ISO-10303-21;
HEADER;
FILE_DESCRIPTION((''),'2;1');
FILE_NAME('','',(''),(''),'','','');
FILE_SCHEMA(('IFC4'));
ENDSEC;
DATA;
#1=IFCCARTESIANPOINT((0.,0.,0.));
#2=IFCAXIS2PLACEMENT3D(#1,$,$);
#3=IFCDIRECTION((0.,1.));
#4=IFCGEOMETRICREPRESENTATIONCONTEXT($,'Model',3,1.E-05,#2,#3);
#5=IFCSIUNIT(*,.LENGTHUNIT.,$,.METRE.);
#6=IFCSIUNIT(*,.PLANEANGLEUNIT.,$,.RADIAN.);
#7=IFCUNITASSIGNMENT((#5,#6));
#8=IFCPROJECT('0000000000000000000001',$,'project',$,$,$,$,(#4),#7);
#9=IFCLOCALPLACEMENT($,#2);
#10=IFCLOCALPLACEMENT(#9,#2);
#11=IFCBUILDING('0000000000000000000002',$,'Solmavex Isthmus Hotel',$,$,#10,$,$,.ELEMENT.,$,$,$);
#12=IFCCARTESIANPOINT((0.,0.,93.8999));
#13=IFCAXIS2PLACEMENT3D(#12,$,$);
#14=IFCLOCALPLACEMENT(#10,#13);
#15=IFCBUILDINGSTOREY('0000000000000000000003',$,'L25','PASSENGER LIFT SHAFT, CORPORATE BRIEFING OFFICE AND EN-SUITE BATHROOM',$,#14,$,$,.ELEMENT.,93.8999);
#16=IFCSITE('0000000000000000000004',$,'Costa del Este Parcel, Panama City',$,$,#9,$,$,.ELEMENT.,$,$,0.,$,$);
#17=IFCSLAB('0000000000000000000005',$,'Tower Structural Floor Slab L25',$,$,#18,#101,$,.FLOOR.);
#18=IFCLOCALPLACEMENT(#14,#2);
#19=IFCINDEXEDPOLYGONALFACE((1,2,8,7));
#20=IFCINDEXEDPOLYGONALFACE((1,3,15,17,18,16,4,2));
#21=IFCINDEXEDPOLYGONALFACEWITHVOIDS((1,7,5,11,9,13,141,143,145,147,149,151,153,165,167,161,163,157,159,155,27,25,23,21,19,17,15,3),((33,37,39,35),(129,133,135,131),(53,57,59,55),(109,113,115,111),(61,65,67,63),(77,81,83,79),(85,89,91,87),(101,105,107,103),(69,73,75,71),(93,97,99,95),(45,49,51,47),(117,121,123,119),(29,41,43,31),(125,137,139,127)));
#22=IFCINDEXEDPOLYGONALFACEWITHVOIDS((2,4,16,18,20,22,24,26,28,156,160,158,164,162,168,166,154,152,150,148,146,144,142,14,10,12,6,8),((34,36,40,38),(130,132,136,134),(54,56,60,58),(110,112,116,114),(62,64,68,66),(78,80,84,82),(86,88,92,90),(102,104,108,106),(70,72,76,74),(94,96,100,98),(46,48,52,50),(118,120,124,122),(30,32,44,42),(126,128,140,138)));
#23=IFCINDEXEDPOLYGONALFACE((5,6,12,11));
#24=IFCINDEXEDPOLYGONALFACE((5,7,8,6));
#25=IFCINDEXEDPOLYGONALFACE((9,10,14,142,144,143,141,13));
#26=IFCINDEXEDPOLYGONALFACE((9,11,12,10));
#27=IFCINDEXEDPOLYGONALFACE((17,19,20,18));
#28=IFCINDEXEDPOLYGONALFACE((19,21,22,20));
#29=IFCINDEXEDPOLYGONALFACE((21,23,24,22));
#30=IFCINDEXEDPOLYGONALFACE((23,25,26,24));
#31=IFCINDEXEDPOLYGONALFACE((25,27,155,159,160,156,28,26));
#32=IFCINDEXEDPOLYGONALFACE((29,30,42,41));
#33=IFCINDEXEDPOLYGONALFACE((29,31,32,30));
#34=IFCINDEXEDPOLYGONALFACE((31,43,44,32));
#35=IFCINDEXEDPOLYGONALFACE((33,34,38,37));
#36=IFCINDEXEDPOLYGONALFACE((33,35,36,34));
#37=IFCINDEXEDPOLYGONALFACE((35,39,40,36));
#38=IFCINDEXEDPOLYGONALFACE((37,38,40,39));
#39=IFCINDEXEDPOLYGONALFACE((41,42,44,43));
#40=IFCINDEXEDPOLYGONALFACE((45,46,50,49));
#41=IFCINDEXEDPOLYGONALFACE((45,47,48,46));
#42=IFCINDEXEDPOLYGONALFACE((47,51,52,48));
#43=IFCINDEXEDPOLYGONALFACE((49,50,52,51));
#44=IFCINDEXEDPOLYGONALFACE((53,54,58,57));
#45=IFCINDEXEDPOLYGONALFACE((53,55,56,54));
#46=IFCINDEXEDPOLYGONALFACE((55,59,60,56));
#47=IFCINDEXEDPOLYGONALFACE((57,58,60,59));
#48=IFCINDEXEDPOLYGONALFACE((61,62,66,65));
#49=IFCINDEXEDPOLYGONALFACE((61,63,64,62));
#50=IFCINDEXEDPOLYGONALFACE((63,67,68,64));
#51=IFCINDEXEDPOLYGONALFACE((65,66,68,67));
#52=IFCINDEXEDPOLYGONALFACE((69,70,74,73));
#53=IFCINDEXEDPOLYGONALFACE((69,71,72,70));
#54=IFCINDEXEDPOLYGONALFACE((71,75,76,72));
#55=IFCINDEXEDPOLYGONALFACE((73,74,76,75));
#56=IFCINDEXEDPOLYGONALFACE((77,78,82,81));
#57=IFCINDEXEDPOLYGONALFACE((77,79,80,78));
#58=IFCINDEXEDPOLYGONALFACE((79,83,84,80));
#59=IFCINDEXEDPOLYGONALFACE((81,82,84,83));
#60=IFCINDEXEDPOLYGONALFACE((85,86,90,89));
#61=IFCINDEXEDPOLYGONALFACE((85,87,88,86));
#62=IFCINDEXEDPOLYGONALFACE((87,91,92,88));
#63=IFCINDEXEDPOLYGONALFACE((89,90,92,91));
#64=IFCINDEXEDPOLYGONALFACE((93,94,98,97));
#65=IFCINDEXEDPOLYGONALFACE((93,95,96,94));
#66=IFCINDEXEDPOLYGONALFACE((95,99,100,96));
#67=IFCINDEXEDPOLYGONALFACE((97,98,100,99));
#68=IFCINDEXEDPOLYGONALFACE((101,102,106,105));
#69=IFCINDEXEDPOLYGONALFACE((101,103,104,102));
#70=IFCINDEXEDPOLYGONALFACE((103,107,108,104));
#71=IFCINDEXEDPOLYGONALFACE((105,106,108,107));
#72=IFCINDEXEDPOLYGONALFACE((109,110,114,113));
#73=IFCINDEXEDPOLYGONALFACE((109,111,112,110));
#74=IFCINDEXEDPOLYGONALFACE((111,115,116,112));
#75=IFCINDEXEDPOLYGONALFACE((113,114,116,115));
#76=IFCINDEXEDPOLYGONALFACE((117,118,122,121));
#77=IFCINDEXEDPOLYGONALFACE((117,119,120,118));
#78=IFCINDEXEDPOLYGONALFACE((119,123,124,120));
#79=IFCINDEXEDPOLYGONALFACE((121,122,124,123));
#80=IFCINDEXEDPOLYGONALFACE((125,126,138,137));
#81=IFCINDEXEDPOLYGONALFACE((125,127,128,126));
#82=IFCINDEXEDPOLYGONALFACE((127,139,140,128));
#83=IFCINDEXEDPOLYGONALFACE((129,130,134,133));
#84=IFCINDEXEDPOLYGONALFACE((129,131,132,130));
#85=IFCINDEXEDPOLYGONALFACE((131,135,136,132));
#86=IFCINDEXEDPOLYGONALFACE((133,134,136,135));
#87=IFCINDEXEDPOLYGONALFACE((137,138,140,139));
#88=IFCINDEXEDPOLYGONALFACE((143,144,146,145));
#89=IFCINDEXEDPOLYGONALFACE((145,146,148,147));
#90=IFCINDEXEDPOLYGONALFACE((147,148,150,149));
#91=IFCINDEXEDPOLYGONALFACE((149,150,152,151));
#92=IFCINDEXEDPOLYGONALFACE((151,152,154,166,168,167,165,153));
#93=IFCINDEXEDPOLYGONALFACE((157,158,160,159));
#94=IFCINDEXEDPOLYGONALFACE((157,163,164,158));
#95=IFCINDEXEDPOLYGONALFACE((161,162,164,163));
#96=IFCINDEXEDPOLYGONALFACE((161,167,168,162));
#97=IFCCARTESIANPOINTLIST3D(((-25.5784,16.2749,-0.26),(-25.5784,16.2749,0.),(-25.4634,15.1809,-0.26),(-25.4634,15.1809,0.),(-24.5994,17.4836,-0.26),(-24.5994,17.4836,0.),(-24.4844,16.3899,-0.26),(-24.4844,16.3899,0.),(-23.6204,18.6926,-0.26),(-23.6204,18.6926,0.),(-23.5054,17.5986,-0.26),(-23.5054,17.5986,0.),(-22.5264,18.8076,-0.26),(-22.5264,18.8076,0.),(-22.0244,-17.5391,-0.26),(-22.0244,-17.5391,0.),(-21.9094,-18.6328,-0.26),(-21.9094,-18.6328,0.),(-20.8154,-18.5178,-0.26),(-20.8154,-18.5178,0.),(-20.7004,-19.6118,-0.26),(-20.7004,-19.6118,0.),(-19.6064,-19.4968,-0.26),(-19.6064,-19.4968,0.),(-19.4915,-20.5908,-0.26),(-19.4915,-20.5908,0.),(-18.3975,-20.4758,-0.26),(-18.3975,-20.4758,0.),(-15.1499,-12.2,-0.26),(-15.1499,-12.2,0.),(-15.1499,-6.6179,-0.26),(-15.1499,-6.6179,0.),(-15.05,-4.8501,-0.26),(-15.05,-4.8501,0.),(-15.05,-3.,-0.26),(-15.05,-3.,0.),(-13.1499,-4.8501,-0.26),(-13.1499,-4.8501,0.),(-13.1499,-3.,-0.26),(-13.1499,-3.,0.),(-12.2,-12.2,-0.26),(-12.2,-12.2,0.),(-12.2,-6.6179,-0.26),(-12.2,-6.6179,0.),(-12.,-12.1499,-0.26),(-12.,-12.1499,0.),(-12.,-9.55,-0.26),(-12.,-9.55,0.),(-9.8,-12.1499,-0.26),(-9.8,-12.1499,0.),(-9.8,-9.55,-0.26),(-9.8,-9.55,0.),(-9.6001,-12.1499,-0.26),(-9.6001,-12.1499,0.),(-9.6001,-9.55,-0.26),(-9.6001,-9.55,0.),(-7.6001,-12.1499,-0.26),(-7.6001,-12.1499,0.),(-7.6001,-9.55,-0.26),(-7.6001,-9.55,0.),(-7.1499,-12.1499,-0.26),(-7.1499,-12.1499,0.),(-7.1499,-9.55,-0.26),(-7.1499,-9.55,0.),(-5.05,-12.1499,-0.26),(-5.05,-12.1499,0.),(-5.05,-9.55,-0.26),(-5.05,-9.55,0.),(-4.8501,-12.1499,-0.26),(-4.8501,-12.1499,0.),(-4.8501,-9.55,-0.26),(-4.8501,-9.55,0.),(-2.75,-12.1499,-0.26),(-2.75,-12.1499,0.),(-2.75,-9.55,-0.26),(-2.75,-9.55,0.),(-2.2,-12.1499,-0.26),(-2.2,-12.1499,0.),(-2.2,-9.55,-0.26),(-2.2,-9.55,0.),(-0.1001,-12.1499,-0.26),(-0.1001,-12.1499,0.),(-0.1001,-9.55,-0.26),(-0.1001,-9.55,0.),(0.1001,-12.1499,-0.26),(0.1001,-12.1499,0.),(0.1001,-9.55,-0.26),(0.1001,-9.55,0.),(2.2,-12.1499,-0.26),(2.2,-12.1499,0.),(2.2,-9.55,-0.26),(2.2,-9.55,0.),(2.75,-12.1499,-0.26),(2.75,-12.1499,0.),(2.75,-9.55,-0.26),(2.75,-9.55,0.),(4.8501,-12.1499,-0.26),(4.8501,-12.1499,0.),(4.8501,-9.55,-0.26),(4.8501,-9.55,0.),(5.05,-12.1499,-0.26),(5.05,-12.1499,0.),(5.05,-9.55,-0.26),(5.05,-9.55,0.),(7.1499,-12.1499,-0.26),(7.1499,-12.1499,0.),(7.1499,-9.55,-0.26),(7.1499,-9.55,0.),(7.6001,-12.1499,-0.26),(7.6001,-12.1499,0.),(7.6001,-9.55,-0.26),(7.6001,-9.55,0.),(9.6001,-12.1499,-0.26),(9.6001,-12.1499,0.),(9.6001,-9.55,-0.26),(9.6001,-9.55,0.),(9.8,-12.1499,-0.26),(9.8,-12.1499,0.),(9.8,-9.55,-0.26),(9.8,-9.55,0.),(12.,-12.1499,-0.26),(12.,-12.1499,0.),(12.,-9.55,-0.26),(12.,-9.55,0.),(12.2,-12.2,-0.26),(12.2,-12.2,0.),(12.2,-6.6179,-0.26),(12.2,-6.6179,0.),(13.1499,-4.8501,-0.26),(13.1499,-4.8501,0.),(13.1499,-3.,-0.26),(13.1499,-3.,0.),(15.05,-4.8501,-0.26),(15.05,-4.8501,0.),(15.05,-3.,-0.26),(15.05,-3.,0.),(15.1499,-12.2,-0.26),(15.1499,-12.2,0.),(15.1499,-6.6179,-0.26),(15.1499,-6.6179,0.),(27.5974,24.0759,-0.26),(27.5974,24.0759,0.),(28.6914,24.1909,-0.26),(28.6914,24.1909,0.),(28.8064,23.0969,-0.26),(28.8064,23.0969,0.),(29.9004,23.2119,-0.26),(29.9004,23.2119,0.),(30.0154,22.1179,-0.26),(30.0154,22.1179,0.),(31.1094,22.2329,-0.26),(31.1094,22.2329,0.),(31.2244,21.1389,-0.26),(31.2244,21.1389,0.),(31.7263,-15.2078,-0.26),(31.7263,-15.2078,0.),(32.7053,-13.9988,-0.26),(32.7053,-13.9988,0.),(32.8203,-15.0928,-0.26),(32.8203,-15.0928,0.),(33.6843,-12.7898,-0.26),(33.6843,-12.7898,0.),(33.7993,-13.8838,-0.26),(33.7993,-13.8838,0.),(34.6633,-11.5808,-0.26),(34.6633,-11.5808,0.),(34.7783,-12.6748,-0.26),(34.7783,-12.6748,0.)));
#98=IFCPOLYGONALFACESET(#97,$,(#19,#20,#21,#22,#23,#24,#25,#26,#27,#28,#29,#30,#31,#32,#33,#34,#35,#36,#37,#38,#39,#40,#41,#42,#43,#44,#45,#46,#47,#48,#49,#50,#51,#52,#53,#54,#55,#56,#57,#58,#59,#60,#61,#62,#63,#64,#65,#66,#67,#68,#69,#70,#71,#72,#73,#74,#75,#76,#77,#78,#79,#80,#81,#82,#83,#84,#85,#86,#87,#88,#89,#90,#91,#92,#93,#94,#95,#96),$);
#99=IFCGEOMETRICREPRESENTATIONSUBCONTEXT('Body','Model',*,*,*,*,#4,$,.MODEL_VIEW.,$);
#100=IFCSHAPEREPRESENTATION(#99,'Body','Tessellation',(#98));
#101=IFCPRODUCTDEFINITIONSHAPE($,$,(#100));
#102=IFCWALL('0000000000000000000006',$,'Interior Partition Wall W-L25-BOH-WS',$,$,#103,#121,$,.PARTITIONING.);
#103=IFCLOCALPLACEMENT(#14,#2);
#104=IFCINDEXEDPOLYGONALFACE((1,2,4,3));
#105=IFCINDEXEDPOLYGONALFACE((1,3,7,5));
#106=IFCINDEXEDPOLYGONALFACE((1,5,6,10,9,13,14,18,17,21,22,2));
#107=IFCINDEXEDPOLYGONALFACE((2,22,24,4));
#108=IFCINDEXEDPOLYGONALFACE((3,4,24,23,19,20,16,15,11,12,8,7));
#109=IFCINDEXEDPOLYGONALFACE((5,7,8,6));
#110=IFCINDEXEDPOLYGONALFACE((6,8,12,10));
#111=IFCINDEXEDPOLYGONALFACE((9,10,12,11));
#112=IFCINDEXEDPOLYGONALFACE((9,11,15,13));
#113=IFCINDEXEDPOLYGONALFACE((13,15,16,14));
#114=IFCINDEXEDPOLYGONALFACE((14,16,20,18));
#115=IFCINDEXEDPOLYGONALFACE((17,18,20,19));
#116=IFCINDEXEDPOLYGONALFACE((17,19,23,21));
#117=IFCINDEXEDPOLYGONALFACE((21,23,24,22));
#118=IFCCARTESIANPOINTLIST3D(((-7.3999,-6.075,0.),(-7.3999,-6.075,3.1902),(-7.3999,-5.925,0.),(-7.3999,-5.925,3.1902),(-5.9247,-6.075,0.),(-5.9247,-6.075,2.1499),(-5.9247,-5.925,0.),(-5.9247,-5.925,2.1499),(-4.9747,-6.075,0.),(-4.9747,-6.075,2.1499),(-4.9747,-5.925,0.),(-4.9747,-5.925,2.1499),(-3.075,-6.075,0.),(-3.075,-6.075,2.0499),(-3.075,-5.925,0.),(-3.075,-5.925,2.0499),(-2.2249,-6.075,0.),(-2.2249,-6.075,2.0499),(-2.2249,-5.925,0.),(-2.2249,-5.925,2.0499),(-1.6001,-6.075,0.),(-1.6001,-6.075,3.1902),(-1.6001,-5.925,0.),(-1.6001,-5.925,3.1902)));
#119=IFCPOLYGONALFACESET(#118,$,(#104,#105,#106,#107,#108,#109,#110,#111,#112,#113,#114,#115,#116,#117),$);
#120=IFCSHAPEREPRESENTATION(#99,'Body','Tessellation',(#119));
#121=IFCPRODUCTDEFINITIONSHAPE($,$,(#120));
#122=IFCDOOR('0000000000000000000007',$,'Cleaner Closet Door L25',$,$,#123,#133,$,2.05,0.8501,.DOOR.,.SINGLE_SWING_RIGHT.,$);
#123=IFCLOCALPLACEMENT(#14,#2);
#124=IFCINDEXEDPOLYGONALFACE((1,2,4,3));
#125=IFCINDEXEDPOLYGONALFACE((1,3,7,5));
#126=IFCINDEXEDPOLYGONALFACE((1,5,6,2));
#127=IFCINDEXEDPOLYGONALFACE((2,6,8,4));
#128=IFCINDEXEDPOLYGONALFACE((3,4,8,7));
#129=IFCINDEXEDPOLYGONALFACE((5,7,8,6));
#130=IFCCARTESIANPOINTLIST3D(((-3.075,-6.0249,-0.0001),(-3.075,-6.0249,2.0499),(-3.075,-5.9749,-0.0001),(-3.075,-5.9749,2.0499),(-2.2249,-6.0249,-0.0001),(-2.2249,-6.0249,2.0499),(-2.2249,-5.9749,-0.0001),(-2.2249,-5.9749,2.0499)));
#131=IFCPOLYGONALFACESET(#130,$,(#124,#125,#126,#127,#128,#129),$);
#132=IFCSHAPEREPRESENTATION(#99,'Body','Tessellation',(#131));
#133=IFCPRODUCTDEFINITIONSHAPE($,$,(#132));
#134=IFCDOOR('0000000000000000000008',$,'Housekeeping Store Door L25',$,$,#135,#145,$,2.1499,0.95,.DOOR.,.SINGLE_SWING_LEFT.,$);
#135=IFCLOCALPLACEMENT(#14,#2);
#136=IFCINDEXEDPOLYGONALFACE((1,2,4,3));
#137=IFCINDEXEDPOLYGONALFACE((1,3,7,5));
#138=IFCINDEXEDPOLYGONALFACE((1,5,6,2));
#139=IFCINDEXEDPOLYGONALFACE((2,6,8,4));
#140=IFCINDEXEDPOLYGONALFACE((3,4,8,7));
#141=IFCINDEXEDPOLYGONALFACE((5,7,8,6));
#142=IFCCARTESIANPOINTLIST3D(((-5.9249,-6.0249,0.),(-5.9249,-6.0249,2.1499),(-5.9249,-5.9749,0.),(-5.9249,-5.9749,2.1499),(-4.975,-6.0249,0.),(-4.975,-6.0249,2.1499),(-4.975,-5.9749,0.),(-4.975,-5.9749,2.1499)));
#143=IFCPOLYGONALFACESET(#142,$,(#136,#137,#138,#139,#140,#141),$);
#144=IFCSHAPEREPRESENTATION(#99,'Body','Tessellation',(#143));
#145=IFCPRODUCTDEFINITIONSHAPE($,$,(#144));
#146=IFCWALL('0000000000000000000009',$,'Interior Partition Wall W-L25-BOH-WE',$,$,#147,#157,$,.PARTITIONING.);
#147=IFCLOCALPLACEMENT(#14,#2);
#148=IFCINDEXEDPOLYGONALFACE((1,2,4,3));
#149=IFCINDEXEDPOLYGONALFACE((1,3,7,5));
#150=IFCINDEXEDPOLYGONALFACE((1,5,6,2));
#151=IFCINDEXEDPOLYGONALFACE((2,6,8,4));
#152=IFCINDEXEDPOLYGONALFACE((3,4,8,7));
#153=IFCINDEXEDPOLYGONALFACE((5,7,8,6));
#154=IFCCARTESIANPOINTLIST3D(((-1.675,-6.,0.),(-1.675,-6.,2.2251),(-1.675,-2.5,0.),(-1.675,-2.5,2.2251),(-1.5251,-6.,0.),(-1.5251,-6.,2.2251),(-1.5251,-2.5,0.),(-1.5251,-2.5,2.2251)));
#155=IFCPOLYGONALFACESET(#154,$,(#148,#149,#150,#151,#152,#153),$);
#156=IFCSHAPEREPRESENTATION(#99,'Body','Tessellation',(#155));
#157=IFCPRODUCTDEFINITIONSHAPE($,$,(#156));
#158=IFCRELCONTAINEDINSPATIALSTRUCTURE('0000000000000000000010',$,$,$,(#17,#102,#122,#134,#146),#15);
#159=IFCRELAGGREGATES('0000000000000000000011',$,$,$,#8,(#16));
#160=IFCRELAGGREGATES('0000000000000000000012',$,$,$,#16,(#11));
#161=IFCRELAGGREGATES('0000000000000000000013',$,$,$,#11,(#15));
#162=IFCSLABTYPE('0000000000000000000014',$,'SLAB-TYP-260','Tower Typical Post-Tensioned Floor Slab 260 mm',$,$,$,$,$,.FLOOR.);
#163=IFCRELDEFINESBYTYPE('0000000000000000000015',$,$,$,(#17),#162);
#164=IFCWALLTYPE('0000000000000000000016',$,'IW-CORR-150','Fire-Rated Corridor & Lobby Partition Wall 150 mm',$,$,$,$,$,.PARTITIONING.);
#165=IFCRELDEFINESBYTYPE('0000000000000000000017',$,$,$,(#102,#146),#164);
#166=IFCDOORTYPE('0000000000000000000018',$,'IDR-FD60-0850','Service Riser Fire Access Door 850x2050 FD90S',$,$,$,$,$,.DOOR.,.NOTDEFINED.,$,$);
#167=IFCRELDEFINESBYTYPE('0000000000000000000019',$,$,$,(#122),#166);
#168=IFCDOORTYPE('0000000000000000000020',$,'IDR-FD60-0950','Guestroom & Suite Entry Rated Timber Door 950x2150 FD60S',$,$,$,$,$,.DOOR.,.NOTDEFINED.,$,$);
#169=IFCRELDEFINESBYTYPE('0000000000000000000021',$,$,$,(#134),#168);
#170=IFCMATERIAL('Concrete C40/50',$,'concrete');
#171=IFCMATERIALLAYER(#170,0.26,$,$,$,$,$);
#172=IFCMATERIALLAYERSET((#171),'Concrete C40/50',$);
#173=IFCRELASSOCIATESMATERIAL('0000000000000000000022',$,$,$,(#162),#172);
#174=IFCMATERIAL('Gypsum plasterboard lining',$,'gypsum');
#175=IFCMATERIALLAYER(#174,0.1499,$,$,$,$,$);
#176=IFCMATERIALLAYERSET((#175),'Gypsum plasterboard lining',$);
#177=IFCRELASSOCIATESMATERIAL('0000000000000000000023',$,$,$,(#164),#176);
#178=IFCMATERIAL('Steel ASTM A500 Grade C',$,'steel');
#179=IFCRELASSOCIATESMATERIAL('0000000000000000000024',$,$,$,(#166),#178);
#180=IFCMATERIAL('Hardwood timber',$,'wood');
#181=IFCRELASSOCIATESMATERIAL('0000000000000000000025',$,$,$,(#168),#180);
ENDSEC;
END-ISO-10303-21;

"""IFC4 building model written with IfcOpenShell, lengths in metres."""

from ifc_helpers import new_model, si_unit, direction, frame, frame_2d, origin, place, context, subcontext, project, spatial, polyline, rectangle, outline, extrude, material, layer, layer_set, type_object, element, fill, save


model = new_model("IFC4")

# Units and contexts
model_context = context("Model", 3, precision=1e-05, world=origin(), true_north=direction((0.0, 1.0)))
body_context = subcontext(model_context, "Body", "Model", "MODEL_VIEW")
ifc_project = project(units=[si_unit("LENGTHUNIT", "METRE"), si_unit("PLANEANGLEUNIT", "RADIAN")], contexts=[model_context])

# Site, building, storey
site_placement = place(None, origin())
site = spatial("IfcSite", under=ifc_project, at=site_placement, Name="Costa del Este Parcel, Panama City", CompositionType="ELEMENT", RefElevation=0.0)
building_placement = place(site_placement, origin())
building = spatial("IfcBuilding", under=site, at=building_placement, Name="Solmavex Isthmus Hotel", CompositionType="ELEMENT")
storey_placement = place(building_placement, frame((0.0, 0.0, 93.8999)))
storey = spatial("IfcBuildingStorey", under=building, at=storey_placement, Name="L25", Description="PASSENGER LIFT SHAFT, CORPORATE BRIEFING OFFICE AND EN-SUITE BATHROOM", CompositionType="ELEMENT", Elevation=93.8999)

# Slab
ifc_material_1 = material(Name="Concrete C40/50", Category="concrete")
ifc_layer_1 = layer(ifc_material_1, 0.26)
ifc_layer_set_1 = layer_set([ifc_layer_1], Name="Concrete C40/50")
slab_type_1 = type_object("IfcSlabType", Name="SLAB-TYP-260", Description="Tower Typical Post-Tensioned Floor Slab 260 mm", PredefinedType="FLOOR", material=ifc_layer_set_1)
slab_1_placement = place(storey_placement, frame((0.0, 0.0, -0.26)))
element("IfcSlab", 1, at=slab_1_placement, inside=storey, type_object=slab_type_1, Name="Tower Structural Floor Slab L25", PredefinedType="FLOOR", context=body_context, shape_type="SweptSolid", body=[
    extrude(outline(polyline([(-18.3975, -20.4758), (31.7263, -15.2078), (32.8203, -15.0928), (32.7053, -13.9988), (33.7993, -13.8838), (33.6843, -12.7898), (34.7783, -12.6748), (34.6633, -11.5808), (31.2244, 21.1389), (31.1094, 22.2329), (30.0154, 22.1179), (29.9004, 23.2119), (28.8064, 23.0969), (28.6914, 24.1909), (27.5974, 24.0759), (-22.5264, 18.8076), (-23.6204, 18.6926), (-23.5054, 17.5986), (-24.5994, 17.4836), (-24.4844, 16.3899), (-25.5784, 16.2749), (-25.4634, 15.1809), (-22.0244, -17.5391), (-21.9094, -18.6328), (-20.8154, -18.5178), (-20.7004, -19.6118), (-19.6064, -19.4968), (-19.4915, -20.5908), (-18.3975, -20.4758)]), holes=[polyline([(-15.1499, -6.6179), (-15.1499, -12.2), (-12.2, -12.2), (-12.2, -6.6179), (-15.1499, -6.6179)]), polyline([(12.2, -6.6179), (12.2, -12.2), (15.1499, -12.2), (15.1499, -6.6179), (12.2, -6.6179)]), polyline([(-12.0, -12.1499), (-9.8, -12.1499), (-9.8, -9.55), (-12.0, -9.55), (-12.0, -12.1499)]), polyline([(9.8, -12.1499), (12.0, -12.1499), (12.0, -9.55), (9.8, -9.55), (9.8, -12.1499)]), polyline([(-9.6001, -12.1499), (-7.6001, -12.1499), (-7.6001, -9.55), (-9.6001, -9.55), (-9.6001, -12.1499)]), polyline([(7.6001, -12.1499), (9.6001, -12.1499), (9.6001, -9.55), (7.6001, -9.55), (7.6001, -12.1499)]), polyline([(-7.1499, -12.1499), (-5.05, -12.1499), (-5.05, -9.55), (-7.1499, -9.55), (-7.1499, -12.1499)]), polyline([(-4.8501, -12.1499), (-2.75, -12.1499), (-2.75, -9.55), (-4.8501, -9.55), (-4.8501, -12.1499)]), polyline([(-2.2, -12.1499), (-0.1001, -12.1499), (-0.1001, -9.55), (-2.2, -9.55), (-2.2, -12.1499)]), polyline([(0.1001, -12.1499), (2.2, -12.1499), (2.2, -9.55), (0.1001, -9.55), (0.1001, -12.1499)]), polyline([(2.75, -12.1499), (4.8501, -12.1499), (4.8501, -9.55), (2.75, -9.55), (2.75, -12.1499)]), polyline([(5.05, -12.1499), (7.1499, -12.1499), (7.1499, -9.55), (5.05, -9.55), (5.05, -12.1499)]), polyline([(-15.05, -4.8501), (-13.1499, -4.8501), (-13.1499, -3.0), (-15.05, -3.0), (-15.05, -4.8501)]), polyline([(13.1499, -4.8501), (15.05, -4.8501), (15.05, -3.0), (13.1499, -3.0), (13.1499, -4.8501)])]), origin(), (0.0, 0.0, 1.0), 0.26),
])

# Wall, openings, doors
ifc_material_2 = material(Name="Gypsum plasterboard lining", Category="gypsum")
ifc_layer_2 = layer(ifc_material_2, 0.1499)
ifc_layer_set_2 = layer_set([ifc_layer_2], Name="Gypsum plasterboard lining")
wall_type_1 = type_object("IfcWallType", Name="IW-CORR-150", Description="Fire-Rated Corridor & Lobby Partition Wall 150 mm", PredefinedType="PARTITIONING", material=ifc_layer_set_2)
wall_1_placement = place(storey_placement, frame((-7.3999, -6.0, 0.0), z_axis=(0.0, 0.0, 1.0), x_axis=(1.0, 0.0, 0.0)))
wall_1 = element("IfcWall", 2, at=wall_1_placement, inside=storey, type_object=wall_type_1, Name="Interior Partition Wall W-L25-BOH-WS", PredefinedType="PARTITIONING", context=body_context, shape_type="SweptSolid", body=[
    extrude(rectangle(XDim=5.7998, YDim=0.1499, at=frame_2d((2.8999, 0.0))), origin(), (0.0, 0.0, 1.0), 3.1902),
])
opening_1_placement = place(wall_1_placement, frame((1.4751, 0.0, 0.0)))
opening_1 = element("IfcOpeningElement", 3, at=opening_1_placement, cuts=wall_1, PredefinedType="OPENING", context=body_context, shape_type="SweptSolid", body=[
    extrude(rectangle(XDim=0.95, YDim=2.1499, at=frame_2d((0.4751, 1.075))), frame((0.0, 0.085, 0.0), z_axis=(0.0, -1.0, 0.0), x_axis=(1.0, 0.0, 0.0)), (0.0, 0.0, 1.0), 0.1699),
])
opening_2_placement = place(wall_1_placement, frame((4.325, 0.0, 0.0)))
opening_2 = element("IfcOpeningElement", 4, at=opening_2_placement, cuts=wall_1, PredefinedType="OPENING", context=body_context, shape_type="SweptSolid", body=[
    extrude(rectangle(XDim=0.8501, YDim=2.05, at=frame_2d((0.425, 1.0249))), frame((0.0, 0.085, 0.0), z_axis=(0.0, -1.0, 0.0), x_axis=(1.0, 0.0, 0.0)), (0.0, 0.0, 1.0), 0.1699),
])
ifc_material_3 = material(Name="Steel ASTM A500 Grade C", Category="steel")
door_type_1 = type_object("IfcDoorType", Name="IDR-FD60-0850", Description="Service Riser Fire Access Door 850x2050 FD90S", OperationType="NOTDEFINED", PredefinedType="DOOR", material=ifc_material_3)
door_1_placement = place(opening_2_placement, frame((0.8501, 0.0, 0.0), z_axis=(0.0, 0.0, 1.0), x_axis=(-1.0, 0.0, 0.0)))
door_1 = element("IfcDoor", 5, at=door_1_placement, inside=storey, type_object=door_type_1, Name="Cleaner Closet Door L25", OperationType="SINGLE_SWING_RIGHT", OverallHeight=2.05, OverallWidth=0.8501, PredefinedType="DOOR", context=body_context, shape_type="SweptSolid", body=[
    extrude(rectangle(XDim=0.8501, YDim=2.05, at=frame_2d((0.425, 1.0249))), frame((0.0, 0.0249, 0.0), z_axis=(0.0, -1.0, 0.0), x_axis=(1.0, 0.0, 0.0)), (0.0, 0.0, 1.0), 0.05),
])
fill(opening_2, door_1)
ifc_material_4 = material(Name="Hardwood timber", Category="wood")
door_type_2 = type_object("IfcDoorType", Name="IDR-FD60-0950", Description="Guestroom & Suite Entry Rated Timber Door 950x2150 FD60S", OperationType="NOTDEFINED", PredefinedType="DOOR", material=ifc_material_4)
door_2_placement = place(opening_1_placement, frame((0.95, 0.0, 0.0), z_axis=(0.0, 0.0, 1.0), x_axis=(-1.0, 0.0, 0.0)))
door_2 = element("IfcDoor", 6, at=door_2_placement, inside=storey, type_object=door_type_2, Name="Housekeeping Store Door L25", OperationType="SINGLE_SWING_LEFT", OverallHeight=2.1499, OverallWidth=0.95, PredefinedType="DOOR", context=body_context, shape_type="SweptSolid", body=[
    extrude(rectangle(XDim=0.95, YDim=2.1499, at=frame_2d((0.4751, 1.075))), frame((0.0, 0.0249, 0.0), z_axis=(0.0, -1.0, 0.0), x_axis=(1.0, 0.0, 0.0)), (0.0, 0.0, 1.0), 0.05),
])
fill(opening_1, door_2)

# Wall
wall_2_placement = place(storey_placement, frame((-1.6001, -6.0, 0.0), z_axis=(0.0, 0.0, 1.0), x_axis=(0.0, 1.0, 0.0)))
element("IfcWall", 7, at=wall_2_placement, inside=storey, type_object=wall_type_1, Name="Interior Partition Wall W-L25-BOH-WE", PredefinedType="PARTITIONING", context=body_context, shape_type="SweptSolid", body=[
    extrude(rectangle(XDim=3.5, YDim=0.1499, at=frame_2d((1.75, 0.0))), origin(), (0.0, 0.0, 1.0), 2.2251),
])

save(model, "model.ifc")
